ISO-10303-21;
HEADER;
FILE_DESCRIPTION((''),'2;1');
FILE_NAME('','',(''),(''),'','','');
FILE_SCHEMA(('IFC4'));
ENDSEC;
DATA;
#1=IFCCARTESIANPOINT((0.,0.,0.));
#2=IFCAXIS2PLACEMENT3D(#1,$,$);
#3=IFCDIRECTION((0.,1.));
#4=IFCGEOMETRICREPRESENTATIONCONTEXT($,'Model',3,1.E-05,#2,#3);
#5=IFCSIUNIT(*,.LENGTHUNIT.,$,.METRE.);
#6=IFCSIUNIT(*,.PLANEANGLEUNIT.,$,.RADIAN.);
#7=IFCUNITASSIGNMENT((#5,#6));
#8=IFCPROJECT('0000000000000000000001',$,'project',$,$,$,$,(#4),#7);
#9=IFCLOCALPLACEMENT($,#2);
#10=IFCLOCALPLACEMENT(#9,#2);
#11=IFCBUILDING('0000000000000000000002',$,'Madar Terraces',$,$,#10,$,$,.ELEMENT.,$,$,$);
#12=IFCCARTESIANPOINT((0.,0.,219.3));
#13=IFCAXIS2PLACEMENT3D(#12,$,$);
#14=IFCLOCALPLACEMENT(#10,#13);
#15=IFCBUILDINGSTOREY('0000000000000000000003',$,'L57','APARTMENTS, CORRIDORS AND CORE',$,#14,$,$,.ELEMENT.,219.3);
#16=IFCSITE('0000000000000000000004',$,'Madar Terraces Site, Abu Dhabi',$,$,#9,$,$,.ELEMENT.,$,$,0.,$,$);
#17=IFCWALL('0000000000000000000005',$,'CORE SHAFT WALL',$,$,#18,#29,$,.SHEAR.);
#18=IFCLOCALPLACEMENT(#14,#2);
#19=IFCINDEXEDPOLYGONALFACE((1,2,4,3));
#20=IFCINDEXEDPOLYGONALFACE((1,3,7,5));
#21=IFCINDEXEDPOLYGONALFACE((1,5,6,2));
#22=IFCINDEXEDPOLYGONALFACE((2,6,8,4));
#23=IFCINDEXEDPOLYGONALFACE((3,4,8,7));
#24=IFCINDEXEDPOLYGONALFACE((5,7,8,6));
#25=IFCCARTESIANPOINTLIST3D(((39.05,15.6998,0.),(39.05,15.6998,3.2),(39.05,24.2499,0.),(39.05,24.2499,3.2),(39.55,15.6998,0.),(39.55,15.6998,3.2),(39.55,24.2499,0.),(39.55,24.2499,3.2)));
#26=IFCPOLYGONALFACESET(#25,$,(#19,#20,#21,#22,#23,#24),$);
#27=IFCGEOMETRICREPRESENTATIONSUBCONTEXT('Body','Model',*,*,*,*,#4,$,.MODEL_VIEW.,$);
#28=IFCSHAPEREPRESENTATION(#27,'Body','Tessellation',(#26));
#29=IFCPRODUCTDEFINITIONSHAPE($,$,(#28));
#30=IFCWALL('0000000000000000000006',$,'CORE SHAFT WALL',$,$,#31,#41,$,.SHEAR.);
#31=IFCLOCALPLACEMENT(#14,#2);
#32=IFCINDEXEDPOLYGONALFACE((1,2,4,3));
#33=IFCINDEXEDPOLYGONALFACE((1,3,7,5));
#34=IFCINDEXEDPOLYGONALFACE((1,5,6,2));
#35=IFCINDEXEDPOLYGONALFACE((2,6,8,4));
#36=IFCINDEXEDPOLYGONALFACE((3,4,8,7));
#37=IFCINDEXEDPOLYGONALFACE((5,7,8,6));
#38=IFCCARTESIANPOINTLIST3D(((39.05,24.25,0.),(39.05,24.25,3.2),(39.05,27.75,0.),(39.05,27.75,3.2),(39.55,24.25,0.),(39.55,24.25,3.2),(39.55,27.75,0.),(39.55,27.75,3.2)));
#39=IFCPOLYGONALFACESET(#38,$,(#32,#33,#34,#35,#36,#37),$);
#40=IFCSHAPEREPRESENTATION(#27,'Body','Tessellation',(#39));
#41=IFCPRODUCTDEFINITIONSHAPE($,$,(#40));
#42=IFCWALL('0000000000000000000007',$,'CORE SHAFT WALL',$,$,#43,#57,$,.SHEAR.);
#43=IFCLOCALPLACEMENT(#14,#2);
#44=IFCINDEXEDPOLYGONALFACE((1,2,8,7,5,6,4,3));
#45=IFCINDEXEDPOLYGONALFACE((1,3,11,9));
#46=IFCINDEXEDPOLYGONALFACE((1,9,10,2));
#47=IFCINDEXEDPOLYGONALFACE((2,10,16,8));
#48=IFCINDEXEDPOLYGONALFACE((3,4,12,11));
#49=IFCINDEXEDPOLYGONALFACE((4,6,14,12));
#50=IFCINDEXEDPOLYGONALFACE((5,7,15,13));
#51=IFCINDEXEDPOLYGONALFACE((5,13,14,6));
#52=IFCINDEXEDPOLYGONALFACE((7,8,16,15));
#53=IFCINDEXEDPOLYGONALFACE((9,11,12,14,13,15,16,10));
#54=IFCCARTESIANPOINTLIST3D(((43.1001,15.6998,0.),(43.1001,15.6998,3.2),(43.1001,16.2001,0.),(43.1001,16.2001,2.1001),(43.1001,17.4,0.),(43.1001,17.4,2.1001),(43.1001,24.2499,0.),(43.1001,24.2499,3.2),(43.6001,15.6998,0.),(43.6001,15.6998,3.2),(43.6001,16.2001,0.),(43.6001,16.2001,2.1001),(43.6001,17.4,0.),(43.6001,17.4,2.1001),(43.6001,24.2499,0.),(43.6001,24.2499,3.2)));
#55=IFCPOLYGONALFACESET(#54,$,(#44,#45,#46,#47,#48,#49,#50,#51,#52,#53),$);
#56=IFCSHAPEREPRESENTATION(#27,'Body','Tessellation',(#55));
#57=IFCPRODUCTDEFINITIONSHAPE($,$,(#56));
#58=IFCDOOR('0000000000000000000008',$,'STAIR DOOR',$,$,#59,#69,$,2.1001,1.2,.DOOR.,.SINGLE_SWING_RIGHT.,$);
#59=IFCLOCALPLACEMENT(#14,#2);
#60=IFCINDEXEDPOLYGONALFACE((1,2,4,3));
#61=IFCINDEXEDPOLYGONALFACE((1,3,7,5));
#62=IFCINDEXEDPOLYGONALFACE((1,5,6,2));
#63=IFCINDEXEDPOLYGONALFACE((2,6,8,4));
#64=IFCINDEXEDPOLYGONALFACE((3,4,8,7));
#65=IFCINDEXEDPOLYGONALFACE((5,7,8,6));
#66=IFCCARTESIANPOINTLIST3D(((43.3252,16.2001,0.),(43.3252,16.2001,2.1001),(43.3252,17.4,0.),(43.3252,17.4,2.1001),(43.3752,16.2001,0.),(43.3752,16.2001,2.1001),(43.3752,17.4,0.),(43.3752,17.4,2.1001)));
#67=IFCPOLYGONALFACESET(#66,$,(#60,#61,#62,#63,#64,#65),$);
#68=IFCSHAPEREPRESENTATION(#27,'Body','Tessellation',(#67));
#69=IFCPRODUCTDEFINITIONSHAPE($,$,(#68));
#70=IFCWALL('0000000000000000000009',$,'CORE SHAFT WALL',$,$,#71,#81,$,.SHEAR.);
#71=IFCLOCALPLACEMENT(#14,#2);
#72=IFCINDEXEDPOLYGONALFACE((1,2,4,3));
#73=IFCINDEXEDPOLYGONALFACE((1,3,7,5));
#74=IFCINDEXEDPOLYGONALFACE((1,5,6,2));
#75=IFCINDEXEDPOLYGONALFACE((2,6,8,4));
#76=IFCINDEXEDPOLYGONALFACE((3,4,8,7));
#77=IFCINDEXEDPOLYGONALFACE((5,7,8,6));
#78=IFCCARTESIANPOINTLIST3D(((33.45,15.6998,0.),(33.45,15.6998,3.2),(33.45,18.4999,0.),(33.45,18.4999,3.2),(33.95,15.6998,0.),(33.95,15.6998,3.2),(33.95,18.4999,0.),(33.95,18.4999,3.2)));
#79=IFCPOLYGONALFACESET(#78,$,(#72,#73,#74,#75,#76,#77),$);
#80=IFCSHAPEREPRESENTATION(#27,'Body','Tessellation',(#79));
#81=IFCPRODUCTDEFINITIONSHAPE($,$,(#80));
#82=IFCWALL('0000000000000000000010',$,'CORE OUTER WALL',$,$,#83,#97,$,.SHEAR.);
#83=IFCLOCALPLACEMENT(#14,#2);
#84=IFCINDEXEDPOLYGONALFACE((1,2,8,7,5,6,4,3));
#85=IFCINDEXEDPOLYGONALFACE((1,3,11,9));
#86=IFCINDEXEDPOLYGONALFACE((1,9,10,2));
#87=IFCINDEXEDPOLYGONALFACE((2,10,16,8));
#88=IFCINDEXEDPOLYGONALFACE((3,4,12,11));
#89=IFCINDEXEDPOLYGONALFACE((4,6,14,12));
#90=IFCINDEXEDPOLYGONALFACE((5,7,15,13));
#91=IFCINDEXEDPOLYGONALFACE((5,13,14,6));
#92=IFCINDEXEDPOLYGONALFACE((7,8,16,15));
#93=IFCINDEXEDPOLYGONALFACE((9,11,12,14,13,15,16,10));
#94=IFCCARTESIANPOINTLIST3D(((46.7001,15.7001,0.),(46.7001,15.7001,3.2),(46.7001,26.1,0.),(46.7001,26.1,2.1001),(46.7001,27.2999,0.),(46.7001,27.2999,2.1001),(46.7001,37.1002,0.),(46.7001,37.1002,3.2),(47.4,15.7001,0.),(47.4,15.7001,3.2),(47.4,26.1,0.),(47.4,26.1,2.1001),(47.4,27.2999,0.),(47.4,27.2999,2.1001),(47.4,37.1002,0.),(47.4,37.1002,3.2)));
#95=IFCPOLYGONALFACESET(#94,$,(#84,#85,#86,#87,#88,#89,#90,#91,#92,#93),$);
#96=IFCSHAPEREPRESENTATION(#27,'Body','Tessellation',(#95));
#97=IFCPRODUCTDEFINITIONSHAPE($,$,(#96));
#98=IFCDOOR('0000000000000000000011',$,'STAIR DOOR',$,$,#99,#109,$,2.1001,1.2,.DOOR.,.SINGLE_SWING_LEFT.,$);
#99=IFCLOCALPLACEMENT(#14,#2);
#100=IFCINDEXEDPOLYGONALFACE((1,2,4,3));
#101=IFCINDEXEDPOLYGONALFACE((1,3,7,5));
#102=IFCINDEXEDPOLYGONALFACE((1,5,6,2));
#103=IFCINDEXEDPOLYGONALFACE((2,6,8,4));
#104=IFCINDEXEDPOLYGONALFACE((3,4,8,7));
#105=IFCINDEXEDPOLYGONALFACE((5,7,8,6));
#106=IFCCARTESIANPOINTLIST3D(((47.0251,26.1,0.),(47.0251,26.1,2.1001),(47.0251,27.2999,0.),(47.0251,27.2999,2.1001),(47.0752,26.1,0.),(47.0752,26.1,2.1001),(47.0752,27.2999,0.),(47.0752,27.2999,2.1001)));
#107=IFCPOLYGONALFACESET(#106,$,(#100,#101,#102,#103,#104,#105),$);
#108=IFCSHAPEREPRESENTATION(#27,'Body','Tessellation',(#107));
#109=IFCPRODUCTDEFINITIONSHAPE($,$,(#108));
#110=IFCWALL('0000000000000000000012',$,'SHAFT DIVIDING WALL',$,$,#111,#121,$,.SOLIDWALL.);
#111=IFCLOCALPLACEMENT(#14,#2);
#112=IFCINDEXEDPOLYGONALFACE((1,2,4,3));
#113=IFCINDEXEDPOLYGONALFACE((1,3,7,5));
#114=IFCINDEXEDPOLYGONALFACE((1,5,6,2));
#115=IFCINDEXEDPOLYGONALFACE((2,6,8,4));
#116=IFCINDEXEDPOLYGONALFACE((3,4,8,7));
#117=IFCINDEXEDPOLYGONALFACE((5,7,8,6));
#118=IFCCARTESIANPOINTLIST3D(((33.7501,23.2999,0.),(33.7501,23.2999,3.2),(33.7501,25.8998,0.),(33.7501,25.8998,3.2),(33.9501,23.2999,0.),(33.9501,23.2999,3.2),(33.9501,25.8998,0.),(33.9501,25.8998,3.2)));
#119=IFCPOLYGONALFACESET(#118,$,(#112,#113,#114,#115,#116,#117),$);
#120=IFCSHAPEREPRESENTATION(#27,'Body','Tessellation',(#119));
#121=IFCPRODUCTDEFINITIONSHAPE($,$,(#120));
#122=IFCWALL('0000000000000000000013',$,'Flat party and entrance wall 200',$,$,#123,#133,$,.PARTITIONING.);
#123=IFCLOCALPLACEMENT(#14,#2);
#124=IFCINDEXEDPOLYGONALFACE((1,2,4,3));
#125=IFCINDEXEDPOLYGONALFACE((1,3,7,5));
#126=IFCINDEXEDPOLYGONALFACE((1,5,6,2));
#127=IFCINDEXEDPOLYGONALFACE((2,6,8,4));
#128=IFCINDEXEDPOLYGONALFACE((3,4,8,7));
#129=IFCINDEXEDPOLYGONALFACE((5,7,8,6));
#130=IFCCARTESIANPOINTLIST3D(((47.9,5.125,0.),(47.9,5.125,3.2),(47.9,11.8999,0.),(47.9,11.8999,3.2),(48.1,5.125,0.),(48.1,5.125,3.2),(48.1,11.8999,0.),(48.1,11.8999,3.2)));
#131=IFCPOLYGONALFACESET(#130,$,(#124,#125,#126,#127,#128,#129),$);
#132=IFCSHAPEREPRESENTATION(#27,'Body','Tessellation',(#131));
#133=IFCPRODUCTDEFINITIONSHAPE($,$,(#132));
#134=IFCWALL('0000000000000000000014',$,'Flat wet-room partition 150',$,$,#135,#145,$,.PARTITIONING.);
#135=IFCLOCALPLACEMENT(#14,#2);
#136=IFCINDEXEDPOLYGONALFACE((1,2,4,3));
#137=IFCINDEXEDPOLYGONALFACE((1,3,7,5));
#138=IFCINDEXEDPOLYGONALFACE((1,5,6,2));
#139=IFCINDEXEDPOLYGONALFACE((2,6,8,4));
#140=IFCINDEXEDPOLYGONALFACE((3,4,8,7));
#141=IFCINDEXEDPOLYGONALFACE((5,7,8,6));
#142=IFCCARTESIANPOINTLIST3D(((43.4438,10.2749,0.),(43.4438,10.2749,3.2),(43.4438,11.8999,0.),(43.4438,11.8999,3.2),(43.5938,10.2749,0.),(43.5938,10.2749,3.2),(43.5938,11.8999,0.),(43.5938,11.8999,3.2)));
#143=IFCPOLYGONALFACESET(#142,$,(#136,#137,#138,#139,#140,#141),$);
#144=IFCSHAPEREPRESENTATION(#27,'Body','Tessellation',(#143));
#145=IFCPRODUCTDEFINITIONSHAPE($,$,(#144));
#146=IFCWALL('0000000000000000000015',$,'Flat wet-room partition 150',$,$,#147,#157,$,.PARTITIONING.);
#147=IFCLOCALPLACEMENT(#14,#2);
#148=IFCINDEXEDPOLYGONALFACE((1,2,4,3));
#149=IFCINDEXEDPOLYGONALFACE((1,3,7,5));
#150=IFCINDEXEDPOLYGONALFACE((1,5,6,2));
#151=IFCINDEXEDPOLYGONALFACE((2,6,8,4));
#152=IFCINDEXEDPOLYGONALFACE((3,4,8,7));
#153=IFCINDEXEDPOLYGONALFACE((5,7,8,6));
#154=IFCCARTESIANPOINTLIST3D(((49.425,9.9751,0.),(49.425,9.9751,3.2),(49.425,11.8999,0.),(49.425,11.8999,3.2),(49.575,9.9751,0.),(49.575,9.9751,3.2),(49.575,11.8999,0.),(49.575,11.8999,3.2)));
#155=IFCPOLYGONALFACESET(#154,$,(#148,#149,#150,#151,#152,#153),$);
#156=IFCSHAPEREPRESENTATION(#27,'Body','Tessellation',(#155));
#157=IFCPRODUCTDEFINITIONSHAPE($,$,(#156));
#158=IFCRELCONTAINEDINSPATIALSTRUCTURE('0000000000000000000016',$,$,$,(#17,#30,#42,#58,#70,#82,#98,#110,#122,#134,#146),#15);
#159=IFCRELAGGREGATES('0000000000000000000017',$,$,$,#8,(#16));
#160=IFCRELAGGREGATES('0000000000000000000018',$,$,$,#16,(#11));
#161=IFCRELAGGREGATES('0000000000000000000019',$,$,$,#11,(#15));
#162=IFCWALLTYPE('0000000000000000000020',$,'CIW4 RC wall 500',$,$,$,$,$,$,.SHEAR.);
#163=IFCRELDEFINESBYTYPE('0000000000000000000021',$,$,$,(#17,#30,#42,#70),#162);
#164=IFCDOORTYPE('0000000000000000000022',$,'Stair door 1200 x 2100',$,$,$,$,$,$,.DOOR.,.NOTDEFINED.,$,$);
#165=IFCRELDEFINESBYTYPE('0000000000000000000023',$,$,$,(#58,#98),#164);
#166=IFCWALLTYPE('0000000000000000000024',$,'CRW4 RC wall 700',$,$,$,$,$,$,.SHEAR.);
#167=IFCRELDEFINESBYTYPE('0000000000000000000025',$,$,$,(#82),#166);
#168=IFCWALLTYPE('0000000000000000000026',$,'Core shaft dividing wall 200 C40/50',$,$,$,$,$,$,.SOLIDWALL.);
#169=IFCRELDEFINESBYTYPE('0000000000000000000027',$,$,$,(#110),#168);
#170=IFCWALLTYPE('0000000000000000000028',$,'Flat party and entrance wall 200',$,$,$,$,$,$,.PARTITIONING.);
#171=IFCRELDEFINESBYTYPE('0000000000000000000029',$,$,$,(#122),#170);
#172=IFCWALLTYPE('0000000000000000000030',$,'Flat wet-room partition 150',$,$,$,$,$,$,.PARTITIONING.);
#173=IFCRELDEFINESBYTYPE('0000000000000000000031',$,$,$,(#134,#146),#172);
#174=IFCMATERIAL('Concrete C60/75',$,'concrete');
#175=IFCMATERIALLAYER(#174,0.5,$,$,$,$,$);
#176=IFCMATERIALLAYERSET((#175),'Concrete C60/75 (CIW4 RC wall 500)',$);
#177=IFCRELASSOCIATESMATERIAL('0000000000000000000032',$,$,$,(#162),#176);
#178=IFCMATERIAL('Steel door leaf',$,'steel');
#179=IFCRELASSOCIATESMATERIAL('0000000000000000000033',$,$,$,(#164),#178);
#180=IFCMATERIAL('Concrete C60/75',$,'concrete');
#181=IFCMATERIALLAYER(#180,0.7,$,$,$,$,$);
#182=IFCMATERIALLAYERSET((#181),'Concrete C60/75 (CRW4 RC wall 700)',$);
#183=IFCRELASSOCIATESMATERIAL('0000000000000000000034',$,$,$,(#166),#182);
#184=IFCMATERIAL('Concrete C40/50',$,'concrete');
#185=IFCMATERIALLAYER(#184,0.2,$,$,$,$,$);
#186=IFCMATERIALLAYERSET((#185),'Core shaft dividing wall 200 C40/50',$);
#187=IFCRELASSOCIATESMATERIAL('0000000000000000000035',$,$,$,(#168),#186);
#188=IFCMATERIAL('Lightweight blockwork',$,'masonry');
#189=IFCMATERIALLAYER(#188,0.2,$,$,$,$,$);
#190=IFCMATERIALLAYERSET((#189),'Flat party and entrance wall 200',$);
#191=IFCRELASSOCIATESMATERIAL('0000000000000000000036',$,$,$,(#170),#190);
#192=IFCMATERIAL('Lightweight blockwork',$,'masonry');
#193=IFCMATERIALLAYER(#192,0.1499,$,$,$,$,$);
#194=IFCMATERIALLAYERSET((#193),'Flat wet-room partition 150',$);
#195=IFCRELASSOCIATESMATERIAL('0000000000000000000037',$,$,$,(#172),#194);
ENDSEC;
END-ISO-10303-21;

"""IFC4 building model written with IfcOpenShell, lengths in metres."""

from ifc_helpers import new_model, si_unit, direction, frame, frame_2d, origin, place, context, subcontext, project, spatial, rectangle, extrude, material, layer, layer_set, type_object, element, fill, save


model = new_model("IFC4")

# Units and contexts
model_context = context("Model", 3, precision=1e-05, world=origin(), true_north=direction((0.0, 1.0)))
body_context = subcontext(model_context, "Body", "Model", "MODEL_VIEW")
ifc_project = project(units=[si_unit("LENGTHUNIT", "METRE"), si_unit("PLANEANGLEUNIT", "RADIAN")], contexts=[model_context])

# Site, building, storey
site_placement = place(None, origin())
site = spatial("IfcSite", under=ifc_project, at=site_placement, Name="Madar Terraces Site, Abu Dhabi", CompositionType="ELEMENT", RefElevation=0.0)
building_placement = place(site_placement, origin())
building = spatial("IfcBuilding", under=site, at=building_placement, Name="Madar Terraces", CompositionType="ELEMENT")
storey_placement = place(building_placement, frame((0.0, 0.0, 219.3)))
storey = spatial("IfcBuildingStorey", under=building, at=storey_placement, Name="L57", Description="APARTMENTS, CORRIDORS AND CORE", CompositionType="ELEMENT", Elevation=219.3)

# Walls
ifc_material_1 = material(Name="Concrete C60/75", Category="concrete")
ifc_layer_1 = layer(ifc_material_1, 0.5)
ifc_layer_set_1 = layer_set([ifc_layer_1], Name="Concrete C60/75 (CIW4 RC wall 500)")
wall_type_1 = type_object("IfcWallType", Name="CIW4 RC wall 500", PredefinedType="SHEAR", material=ifc_layer_set_1)
wall_1_placement = place(storey_placement, frame((39.3, 15.7, 0.0), z_axis=(0.0, 0.0, 1.0), x_axis=(0.0, 1.0, 0.0)))
element("IfcWall", 1, at=wall_1_placement, inside=storey, type_object=wall_type_1, Name="CORE SHAFT WALL", PredefinedType="SHEAR", context=body_context, shape_type="SweptSolid", body=[
    extrude(rectangle(XDim=8.55, YDim=0.5, at=frame_2d((4.2749, 0.0))), origin(), (0.0, 0.0, 1.0), 3.2),
])
wall_2_placement = place(storey_placement, frame((39.3, 24.25, 0.0), z_axis=(0.0, 0.0, 1.0), x_axis=(0.0, 1.0, 0.0)))
element("IfcWall", 2, at=wall_2_placement, inside=storey, type_object=wall_type_1, Name="CORE SHAFT WALL", PredefinedType="SHEAR", context=body_context, shape_type="SweptSolid", body=[
    extrude(rectangle(XDim=3.5, YDim=0.5, at=frame_2d((1.75, 0.0))), origin(), (0.0, 0.0, 1.0), 3.2),
])

# Wall, opening, door
wall_3_placement = place(storey_placement, frame((43.3501, 15.7, 0.0), z_axis=(0.0, 0.0, 1.0), x_axis=(0.0, 1.0, 0.0)))
wall_3 = element("IfcWall", 3, at=wall_3_placement, inside=storey, type_object=wall_type_1, Name="CORE SHAFT WALL", PredefinedType="SHEAR", context=body_context, shape_type="SweptSolid", body=[
    extrude(rectangle(XDim=8.55, YDim=0.5, at=frame_2d((4.2749, 0.0))), origin(), (0.0, 0.0, 1.0), 3.2),
])
opening_1_placement = place(wall_3_placement, frame((0.5, 0.0, 0.0)))
opening_1 = element("IfcOpeningElement", 4, at=opening_1_placement, cuts=wall_3, PredefinedType="OPENING", context=body_context, shape_type="SweptSolid", body=[
    extrude(rectangle(XDim=1.2, YDim=2.1001, at=frame_2d((0.6001, 1.05))), frame((0.0, 0.26, 0.0), z_axis=(0.0, -1.0, 0.0), x_axis=(1.0, 0.0, 0.0)), (0.0, 0.0, 1.0), 0.52),
])
ifc_material_2 = material(Name="Steel door leaf", Category="steel")
door_type = type_object("IfcDoorType", Name="Stair door 1200 x 2100", OperationType="NOTDEFINED", PredefinedType="DOOR", material=ifc_material_2)
door_1_placement = place(opening_1_placement, origin())
door_1 = element("IfcDoor", 5, at=door_1_placement, inside=storey, type_object=door_type, Name="STAIR DOOR", OperationType="SINGLE_SWING_RIGHT", OverallHeight=2.1001, OverallWidth=1.2, PredefinedType="DOOR", context=body_context, shape_type="SweptSolid", body=[
    extrude(rectangle(XDim=1.2, YDim=2.1001, at=frame_2d((0.6001, 1.05))), frame((0.0, 0.0249, 0.0), z_axis=(0.0, -1.0, 0.0), x_axis=(1.0, 0.0, 0.0)), (0.0, 0.0, 1.0), 0.05),
])
fill(opening_1, door_1)

# Wall
wall_4_placement = place(storey_placement, frame((33.7, 15.7, 0.0), z_axis=(0.0, 0.0, 1.0), x_axis=(0.0, 1.0, 0.0)))
element("IfcWall", 6, at=wall_4_placement, inside=storey, type_object=wall_type_1, Name="CORE SHAFT WALL", PredefinedType="SHEAR", context=body_context, shape_type="SweptSolid", body=[
    extrude(rectangle(XDim=2.8, YDim=0.5, at=frame_2d((1.3999, 0.0))), origin(), (0.0, 0.0, 1.0), 3.2),
])

# Wall, opening, door
ifc_material_3 = material(Name="Concrete C60/75", Category="concrete")
ifc_layer_2 = layer(ifc_material_3, 0.7)
ifc_layer_set_2 = layer_set([ifc_layer_2], Name="Concrete C60/75 (CRW4 RC wall 700)")
wall_type_2 = type_object("IfcWallType", Name="CRW4 RC wall 700", PredefinedType="SHEAR", material=ifc_layer_set_2)
wall_5_placement = place(storey_placement, frame((47.05, 15.7, 0.0), z_axis=(0.0, 0.0, 1.0), x_axis=(0.0, 1.0, 0.0)))
wall_5 = element("IfcWall", 7, at=wall_5_placement, inside=storey, type_object=wall_type_2, Name="CORE OUTER WALL", PredefinedType="SHEAR", context=body_context, shape_type="SweptSolid", body=[
    extrude(rectangle(XDim=21.4001, YDim=0.7, at=frame_2d((10.7002, 0.0))), origin(), (0.0, 0.0, 1.0), 3.2),
])
opening_2_placement = place(wall_5_placement, frame((10.3999, 0.0, 0.0)))
opening_2 = element("IfcOpeningElement", 8, at=opening_2_placement, cuts=wall_5, PredefinedType="OPENING", context=body_context, shape_type="SweptSolid", body=[
    extrude(rectangle(XDim=1.2, YDim=2.1001, at=frame_2d((0.6001, 1.05))), frame((0.0, 0.3599, 0.0), z_axis=(0.0, -1.0, 0.0), x_axis=(1.0, 0.0, 0.0)), (0.0, 0.0, 1.0), 0.72),
])
door_2_placement = place(opening_2_placement, origin())
door_2 = element("IfcDoor", 9, at=door_2_placement, inside=storey, type_object=door_type, Name="STAIR DOOR", OperationType="SINGLE_SWING_LEFT", OverallHeight=2.1001, OverallWidth=1.2, PredefinedType="DOOR", context=body_context, shape_type="SweptSolid", body=[
    extrude(rectangle(XDim=1.2, YDim=2.1001, at=frame_2d((0.6001, 1.05))), frame((0.0, 0.0249, 0.0), z_axis=(0.0, -1.0, 0.0), x_axis=(1.0, 0.0, 0.0)), (0.0, 0.0, 1.0), 0.05),
])
fill(opening_2, door_2)

# Walls
ifc_material_4 = material(Name="Concrete C40/50", Category="concrete")
ifc_layer_3 = layer(ifc_material_4, 0.2)
ifc_layer_set_3 = layer_set([ifc_layer_3], Name="Core shaft dividing wall 200 C40/50")
wall_type_3 = type_object("IfcWallType", Name="Core shaft dividing wall 200 C40/50", PredefinedType="SOLIDWALL", material=ifc_layer_set_3)
wall_6_placement = place(storey_placement, frame((33.8501, 23.3, 0.0), z_axis=(0.0, 0.0, 1.0), x_axis=(0.0, 1.0, 0.0)))
element("IfcWall", 10, at=wall_6_placement, inside=storey, type_object=wall_type_3, Name="SHAFT DIVIDING WALL", PredefinedType="SOLIDWALL", context=body_context, shape_type="SweptSolid", body=[
    extrude(rectangle(XDim=2.5999, YDim=0.2, at=frame_2d((1.2998, 0.0))), origin(), (0.0, 0.0, 1.0), 3.2),
])
ifc_material_5 = material(Name="Lightweight blockwork", Category="masonry")
ifc_layer_4 = layer(ifc_material_5, 0.2)
ifc_layer_set_4 = layer_set([ifc_layer_4], Name="Flat party and entrance wall 200")
wall_type_4 = type_object("IfcWallType", Name="Flat party and entrance wall 200", PredefinedType="PARTITIONING", material=ifc_layer_set_4)
wall_7_placement = place(storey_placement, frame((48.0, 11.8999, 0.0), z_axis=(0.0, 0.0, 1.0), x_axis=(0.0, -1.0, 0.0)))
element("IfcWall", 11, at=wall_7_placement, inside=storey, type_object=wall_type_4, Name="Flat party and entrance wall 200", PredefinedType="PARTITIONING", context=body_context, shape_type="SweptSolid", body=[
    extrude(rectangle(XDim=6.7749, YDim=0.2, at=frame_2d((3.3875, 0.0))), origin(), (0.0, 0.0, 1.0), 3.2),
])
ifc_material_6 = material(Name="Lightweight blockwork", Category="masonry")
ifc_layer_5 = layer(ifc_material_6, 0.1499)
ifc_layer_set_5 = layer_set([ifc_layer_5], Name="Flat wet-room partition 150")
wall_type_5 = type_object("IfcWallType", Name="Flat wet-room partition 150", PredefinedType="PARTITIONING", material=ifc_layer_set_5)
wall_8_placement = place(storey_placement, frame((43.5188, 11.8999, 0.0), z_axis=(0.0, 0.0, 1.0), x_axis=(0.0, -1.0, 0.0)))
element("IfcWall", 12, at=wall_8_placement, inside=storey, type_object=wall_type_5, Name="Flat wet-room partition 150", PredefinedType="PARTITIONING", context=body_context, shape_type="SweptSolid", body=[
    extrude(rectangle(XDim=1.625, YDim=0.1499, at=frame_2d((0.8125, 0.0))), origin(), (0.0, 0.0, 1.0), 3.2),
])
wall_9_placement = place(storey_placement, frame((49.5, 11.8999, 0.0), z_axis=(0.0, 0.0, 1.0), x_axis=(0.0, -1.0, 0.0)))
element("IfcWall", 13, at=wall_9_placement, inside=storey, type_object=wall_type_5, Name="Flat wet-room partition 150", PredefinedType="PARTITIONING", context=body_context, shape_type="SweptSolid", body=[
    extrude(rectangle(XDim=1.9248, YDim=0.1499, at=frame_2d((0.9624, 0.0))), origin(), (0.0, 0.0, 1.0), 3.2),
])

save(model, "model.ifc")
